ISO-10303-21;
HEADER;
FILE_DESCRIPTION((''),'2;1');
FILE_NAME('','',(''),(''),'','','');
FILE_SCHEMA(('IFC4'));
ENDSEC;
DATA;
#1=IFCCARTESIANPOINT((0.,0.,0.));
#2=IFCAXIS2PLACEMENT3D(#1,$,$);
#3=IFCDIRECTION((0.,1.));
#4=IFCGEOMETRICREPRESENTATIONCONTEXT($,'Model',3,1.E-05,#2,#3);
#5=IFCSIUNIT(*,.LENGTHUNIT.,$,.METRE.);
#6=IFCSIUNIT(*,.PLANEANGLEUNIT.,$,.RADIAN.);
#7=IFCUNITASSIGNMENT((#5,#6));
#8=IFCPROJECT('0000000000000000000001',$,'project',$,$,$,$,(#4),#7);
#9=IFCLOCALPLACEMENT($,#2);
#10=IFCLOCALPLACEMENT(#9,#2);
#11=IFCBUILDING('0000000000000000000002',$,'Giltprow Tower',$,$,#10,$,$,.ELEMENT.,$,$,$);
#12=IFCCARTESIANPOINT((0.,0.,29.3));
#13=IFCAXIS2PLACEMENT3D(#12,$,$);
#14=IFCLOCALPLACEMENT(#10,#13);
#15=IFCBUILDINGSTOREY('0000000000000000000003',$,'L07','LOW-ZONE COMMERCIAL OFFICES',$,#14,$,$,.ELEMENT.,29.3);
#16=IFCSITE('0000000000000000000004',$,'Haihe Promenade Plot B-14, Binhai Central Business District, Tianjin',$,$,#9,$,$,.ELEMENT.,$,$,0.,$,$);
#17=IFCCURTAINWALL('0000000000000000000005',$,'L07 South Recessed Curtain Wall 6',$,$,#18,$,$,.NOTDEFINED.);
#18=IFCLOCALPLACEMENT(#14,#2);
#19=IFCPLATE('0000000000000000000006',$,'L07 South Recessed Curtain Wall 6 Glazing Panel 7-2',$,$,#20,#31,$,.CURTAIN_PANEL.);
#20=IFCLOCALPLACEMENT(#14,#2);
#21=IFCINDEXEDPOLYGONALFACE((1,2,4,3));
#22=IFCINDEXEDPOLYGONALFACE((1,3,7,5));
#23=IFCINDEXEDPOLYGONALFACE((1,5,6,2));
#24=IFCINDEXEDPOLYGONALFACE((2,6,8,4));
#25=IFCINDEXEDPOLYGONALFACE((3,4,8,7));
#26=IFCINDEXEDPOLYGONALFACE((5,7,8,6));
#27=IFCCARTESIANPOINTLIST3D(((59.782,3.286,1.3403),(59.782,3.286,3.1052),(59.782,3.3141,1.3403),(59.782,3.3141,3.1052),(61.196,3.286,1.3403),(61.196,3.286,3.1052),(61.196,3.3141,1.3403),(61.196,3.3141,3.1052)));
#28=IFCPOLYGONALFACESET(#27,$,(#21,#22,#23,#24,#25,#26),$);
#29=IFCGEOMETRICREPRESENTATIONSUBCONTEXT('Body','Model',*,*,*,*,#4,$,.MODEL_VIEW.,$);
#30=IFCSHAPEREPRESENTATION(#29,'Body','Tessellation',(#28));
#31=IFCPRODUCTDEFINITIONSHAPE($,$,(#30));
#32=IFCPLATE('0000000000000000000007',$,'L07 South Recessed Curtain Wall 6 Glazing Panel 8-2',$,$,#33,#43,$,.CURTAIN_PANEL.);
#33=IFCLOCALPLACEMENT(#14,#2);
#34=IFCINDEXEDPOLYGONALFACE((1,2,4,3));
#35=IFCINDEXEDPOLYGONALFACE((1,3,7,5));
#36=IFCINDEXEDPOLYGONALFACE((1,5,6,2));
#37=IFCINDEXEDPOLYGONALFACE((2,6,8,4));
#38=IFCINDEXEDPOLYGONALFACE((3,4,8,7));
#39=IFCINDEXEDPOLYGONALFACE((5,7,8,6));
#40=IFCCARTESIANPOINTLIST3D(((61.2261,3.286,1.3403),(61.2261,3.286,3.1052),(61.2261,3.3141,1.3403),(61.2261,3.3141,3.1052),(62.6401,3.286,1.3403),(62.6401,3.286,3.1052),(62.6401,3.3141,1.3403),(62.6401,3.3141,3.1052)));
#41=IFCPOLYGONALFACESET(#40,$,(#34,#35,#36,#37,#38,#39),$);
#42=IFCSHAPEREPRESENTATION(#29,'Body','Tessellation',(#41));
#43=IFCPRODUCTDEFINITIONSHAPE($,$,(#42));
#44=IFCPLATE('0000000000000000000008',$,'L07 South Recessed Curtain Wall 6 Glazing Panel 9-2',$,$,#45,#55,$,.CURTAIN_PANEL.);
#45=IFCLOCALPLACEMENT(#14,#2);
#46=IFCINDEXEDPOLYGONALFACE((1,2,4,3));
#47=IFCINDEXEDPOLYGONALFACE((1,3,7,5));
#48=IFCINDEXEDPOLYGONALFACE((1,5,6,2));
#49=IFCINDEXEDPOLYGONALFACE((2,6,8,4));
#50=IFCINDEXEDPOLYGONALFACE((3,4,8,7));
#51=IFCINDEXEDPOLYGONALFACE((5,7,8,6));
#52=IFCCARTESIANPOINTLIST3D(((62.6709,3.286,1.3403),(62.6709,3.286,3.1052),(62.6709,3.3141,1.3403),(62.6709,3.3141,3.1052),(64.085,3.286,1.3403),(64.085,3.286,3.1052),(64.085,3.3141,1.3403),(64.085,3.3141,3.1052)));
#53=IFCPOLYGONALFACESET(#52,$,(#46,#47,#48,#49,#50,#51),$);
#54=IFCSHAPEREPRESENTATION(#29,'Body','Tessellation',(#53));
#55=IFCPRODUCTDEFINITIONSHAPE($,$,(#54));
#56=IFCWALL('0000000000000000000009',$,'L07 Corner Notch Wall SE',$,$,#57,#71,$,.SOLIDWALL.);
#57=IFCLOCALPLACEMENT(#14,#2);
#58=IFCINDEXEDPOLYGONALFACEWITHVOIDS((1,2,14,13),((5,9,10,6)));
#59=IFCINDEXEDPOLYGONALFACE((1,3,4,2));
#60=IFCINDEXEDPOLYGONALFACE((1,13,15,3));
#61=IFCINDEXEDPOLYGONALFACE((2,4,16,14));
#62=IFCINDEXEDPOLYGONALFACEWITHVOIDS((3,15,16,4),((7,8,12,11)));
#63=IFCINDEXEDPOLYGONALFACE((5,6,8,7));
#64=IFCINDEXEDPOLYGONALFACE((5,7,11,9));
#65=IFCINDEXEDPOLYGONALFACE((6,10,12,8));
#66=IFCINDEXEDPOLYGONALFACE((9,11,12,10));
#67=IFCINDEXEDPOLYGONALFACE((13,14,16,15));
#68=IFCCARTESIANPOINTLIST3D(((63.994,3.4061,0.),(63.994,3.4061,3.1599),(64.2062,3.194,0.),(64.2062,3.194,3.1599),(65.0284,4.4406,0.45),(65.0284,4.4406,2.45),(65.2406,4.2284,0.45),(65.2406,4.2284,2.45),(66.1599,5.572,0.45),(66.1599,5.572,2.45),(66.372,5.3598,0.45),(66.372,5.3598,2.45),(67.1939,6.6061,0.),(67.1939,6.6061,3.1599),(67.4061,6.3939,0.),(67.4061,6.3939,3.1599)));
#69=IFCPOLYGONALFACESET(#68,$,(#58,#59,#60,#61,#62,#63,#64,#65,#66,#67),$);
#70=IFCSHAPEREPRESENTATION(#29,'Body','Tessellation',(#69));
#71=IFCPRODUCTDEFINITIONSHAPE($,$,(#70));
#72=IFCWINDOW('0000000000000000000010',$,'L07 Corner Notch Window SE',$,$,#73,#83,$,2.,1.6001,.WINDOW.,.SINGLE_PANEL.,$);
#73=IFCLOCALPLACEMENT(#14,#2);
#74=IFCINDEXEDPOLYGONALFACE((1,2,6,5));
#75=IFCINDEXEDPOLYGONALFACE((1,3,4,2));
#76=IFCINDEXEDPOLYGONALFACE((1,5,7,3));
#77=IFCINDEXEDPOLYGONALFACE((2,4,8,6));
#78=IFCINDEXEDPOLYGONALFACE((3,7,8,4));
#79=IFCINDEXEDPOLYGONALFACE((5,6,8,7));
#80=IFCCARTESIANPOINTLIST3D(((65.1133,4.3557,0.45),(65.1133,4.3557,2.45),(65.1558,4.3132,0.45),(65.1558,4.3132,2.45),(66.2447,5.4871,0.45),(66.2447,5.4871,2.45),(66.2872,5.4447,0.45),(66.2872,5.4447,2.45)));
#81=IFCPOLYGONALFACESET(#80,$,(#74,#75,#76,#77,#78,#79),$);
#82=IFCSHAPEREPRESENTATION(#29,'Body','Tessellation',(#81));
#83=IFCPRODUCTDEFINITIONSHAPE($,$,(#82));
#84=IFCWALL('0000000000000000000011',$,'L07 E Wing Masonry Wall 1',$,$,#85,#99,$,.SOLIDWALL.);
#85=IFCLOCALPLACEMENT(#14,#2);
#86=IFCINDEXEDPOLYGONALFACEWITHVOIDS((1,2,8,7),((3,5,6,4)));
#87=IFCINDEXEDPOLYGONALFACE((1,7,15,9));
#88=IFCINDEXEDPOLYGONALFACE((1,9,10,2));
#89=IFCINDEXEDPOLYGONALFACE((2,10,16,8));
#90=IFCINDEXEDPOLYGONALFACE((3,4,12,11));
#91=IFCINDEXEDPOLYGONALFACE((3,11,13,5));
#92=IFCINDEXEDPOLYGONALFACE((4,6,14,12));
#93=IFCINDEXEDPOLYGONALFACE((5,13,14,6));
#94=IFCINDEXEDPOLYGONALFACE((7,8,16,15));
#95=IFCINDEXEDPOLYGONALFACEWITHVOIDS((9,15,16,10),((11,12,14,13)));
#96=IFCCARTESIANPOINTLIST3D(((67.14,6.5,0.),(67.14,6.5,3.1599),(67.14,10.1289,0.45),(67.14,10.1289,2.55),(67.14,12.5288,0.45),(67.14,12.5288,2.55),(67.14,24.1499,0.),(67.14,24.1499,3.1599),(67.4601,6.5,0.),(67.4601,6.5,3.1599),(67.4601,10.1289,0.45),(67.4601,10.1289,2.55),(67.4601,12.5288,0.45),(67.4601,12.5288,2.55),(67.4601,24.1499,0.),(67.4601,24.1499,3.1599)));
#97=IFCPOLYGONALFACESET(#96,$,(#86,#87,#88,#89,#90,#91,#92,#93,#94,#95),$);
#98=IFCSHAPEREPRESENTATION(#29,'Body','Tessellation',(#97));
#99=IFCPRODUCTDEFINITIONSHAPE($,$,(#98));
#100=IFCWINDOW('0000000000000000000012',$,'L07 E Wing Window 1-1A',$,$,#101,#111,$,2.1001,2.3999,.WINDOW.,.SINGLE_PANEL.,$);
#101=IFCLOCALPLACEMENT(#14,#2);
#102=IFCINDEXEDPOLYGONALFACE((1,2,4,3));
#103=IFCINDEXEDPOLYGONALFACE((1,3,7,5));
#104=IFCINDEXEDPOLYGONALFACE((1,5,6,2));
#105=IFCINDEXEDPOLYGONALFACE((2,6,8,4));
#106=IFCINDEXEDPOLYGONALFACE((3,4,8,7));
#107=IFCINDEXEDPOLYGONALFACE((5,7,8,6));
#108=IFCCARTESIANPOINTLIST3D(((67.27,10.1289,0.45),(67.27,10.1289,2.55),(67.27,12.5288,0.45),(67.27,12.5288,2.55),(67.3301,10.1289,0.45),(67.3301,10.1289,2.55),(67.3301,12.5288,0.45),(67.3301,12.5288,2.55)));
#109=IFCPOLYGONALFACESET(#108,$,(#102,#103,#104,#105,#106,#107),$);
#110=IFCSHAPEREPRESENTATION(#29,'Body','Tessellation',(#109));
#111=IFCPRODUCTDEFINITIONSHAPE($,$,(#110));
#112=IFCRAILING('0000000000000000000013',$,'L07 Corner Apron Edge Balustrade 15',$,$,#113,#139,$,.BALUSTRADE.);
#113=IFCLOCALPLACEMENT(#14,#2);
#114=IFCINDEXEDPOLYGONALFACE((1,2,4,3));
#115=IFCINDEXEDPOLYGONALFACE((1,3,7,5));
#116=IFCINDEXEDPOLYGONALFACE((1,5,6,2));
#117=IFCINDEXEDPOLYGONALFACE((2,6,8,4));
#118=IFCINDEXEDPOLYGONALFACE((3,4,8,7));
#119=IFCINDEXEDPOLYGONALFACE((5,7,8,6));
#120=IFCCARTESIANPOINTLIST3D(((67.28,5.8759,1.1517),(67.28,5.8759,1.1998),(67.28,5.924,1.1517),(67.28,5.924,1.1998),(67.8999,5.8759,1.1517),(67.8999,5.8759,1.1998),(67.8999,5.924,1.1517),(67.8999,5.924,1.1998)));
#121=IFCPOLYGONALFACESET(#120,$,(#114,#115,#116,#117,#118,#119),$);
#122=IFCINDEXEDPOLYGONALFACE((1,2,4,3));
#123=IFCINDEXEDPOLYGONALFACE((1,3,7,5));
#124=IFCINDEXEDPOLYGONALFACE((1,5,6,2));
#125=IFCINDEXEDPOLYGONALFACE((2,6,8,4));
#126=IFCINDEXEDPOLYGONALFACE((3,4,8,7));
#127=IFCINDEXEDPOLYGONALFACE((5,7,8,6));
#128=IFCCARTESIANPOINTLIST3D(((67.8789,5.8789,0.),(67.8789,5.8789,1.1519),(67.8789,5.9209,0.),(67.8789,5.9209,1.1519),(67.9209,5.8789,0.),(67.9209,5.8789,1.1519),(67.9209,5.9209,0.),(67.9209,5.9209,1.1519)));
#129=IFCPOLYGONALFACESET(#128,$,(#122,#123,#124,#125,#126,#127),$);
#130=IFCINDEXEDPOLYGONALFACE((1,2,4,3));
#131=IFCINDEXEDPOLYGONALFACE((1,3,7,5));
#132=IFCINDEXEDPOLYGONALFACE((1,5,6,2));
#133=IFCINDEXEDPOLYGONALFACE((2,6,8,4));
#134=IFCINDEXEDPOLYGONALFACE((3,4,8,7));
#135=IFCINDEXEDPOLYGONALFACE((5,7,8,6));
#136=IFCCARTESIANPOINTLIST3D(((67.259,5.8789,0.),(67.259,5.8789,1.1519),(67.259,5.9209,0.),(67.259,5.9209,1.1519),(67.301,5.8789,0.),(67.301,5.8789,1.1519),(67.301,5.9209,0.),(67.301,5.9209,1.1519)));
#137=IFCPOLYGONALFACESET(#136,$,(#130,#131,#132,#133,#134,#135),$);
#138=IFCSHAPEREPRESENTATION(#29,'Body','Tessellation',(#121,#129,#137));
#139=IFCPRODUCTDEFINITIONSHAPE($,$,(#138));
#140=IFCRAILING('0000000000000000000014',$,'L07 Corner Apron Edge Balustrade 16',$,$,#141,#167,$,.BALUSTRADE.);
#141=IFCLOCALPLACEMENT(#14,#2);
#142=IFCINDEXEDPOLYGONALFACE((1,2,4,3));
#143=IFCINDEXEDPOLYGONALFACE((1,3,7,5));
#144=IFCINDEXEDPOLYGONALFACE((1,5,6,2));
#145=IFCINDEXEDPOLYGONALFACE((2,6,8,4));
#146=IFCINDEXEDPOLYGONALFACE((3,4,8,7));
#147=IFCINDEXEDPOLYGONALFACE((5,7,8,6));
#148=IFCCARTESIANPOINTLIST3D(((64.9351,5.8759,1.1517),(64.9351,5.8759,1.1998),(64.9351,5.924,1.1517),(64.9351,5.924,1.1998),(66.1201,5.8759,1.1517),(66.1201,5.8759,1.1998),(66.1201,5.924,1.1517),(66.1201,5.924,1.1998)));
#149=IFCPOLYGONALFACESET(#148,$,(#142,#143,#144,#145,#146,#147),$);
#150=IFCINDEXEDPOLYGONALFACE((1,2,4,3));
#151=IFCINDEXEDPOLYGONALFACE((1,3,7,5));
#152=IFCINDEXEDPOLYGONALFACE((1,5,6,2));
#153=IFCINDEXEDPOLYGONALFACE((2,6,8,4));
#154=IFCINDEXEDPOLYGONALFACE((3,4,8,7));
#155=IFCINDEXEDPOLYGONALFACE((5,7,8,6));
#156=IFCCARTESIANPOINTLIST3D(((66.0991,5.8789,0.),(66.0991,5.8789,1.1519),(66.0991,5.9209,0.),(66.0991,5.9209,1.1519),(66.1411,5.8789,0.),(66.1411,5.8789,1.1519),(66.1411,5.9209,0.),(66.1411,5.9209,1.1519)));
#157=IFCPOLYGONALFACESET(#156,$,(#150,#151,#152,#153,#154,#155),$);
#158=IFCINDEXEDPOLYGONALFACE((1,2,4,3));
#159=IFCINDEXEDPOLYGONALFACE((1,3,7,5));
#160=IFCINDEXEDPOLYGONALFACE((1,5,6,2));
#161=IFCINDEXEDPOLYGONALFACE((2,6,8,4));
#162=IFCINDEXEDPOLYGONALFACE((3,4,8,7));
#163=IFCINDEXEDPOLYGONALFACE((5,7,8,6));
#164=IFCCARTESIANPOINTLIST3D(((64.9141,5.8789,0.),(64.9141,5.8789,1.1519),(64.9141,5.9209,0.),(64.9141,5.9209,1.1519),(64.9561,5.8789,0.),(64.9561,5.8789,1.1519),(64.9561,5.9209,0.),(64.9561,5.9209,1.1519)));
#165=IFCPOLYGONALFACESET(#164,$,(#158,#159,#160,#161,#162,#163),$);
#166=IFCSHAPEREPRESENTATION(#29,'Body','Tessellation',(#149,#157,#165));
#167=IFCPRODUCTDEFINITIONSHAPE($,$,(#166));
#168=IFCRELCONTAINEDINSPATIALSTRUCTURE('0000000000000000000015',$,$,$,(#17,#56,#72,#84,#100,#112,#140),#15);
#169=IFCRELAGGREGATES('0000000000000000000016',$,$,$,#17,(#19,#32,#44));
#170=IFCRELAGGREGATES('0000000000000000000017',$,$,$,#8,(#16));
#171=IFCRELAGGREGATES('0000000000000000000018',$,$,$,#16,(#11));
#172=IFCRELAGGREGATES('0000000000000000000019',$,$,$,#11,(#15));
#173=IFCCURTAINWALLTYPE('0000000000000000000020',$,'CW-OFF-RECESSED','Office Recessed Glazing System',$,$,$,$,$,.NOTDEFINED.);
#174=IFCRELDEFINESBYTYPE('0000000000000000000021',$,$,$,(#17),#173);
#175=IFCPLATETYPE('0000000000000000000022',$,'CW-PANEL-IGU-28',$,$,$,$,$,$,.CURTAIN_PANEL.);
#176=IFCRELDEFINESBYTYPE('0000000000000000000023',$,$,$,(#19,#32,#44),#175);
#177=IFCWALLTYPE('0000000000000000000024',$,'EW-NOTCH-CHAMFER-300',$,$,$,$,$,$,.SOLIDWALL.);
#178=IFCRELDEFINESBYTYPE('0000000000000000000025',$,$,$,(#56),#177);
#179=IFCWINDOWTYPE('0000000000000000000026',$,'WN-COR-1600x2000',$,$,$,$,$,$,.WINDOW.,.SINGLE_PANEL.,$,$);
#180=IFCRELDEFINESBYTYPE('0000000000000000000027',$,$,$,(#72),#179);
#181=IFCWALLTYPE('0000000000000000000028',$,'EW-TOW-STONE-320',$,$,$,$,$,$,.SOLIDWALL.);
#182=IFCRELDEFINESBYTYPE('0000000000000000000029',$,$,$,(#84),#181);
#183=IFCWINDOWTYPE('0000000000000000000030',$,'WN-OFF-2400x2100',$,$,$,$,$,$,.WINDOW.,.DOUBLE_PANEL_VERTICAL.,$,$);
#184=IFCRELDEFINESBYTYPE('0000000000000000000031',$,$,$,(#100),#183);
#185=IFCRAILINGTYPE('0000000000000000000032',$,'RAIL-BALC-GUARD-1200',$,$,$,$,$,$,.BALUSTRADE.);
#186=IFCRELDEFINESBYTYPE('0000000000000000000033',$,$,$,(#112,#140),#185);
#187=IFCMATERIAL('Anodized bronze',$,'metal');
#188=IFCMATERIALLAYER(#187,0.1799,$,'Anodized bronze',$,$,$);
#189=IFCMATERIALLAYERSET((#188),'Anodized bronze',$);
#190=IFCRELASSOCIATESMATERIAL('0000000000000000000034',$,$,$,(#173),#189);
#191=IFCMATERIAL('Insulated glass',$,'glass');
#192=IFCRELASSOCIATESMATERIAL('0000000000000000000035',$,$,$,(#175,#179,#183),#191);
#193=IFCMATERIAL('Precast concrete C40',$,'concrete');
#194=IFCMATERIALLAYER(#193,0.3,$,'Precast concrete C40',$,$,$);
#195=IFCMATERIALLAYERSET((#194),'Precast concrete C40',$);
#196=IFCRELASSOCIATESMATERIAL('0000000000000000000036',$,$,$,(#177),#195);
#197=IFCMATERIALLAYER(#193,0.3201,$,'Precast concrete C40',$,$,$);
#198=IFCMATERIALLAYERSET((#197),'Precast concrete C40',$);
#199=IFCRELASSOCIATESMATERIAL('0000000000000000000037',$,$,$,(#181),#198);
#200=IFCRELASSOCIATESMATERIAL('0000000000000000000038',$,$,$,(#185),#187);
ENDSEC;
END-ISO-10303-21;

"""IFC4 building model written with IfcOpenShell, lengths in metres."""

from ifc_helpers import new_model, si_unit, direction, frame, frame_2d, origin, origin_2d, place, context, subcontext, project, spatial, rectangle, extrude, source, transform, mapped, material, layer, layer_set, type_object, element, fill, aggregate, save


model = new_model("IFC4")

# Units and contexts
model_context = context("Model", 3, precision=1e-05, world=origin(), true_north=direction((0.0, 1.0)))
body_context = subcontext(model_context, "Body", "Model", "MODEL_VIEW")
ifc_project = project(units=[si_unit("LENGTHUNIT", "METRE"), si_unit("PLANEANGLEUNIT", "RADIAN")], contexts=[model_context])

# Site, building, storey
site_placement = place(None, origin())
site = spatial("IfcSite", under=ifc_project, at=site_placement, Name="Haihe Promenade Plot B-14, Binhai Central Business District, Tianjin", CompositionType="ELEMENT", RefElevation=0.0)
building_placement = place(site_placement, origin())
building = spatial("IfcBuilding", under=site, at=building_placement, Name="Giltprow Tower", CompositionType="ELEMENT")
storey_placement = place(building_placement, frame((0.0, 0.0, 29.3)))
storey = spatial("IfcBuildingStorey", under=building, at=storey_placement, Name="L07", Description="LOW-ZONE COMMERCIAL OFFICES", CompositionType="ELEMENT", Elevation=29.3)

# Curtain wall, plates
ifc_material_1 = material(Name="Anodized bronze", Category="metal")
ifc_layer_1 = layer(ifc_material_1, 0.1799, Name="Anodized bronze")
ifc_layer_set_1 = layer_set([ifc_layer_1], Name="Anodized bronze")
curtain_wall_type = type_object("IfcCurtainWallType", Name="CW-OFF-RECESSED", Description="Office Recessed Glazing System", PredefinedType="NOTDEFINED", material=ifc_layer_set_1)
curtain_wall_placement = place(storey_placement, origin())
curtain_wall = element("IfcCurtainWall", 1, at=curtain_wall_placement, inside=storey, type_object=curtain_wall_type, Name="L07 South Recessed Curtain Wall 6", PredefinedType="NOTDEFINED")
ifc_material_2 = material(Name="Insulated glass", Category="glass")
plate_type = type_object("IfcPlateType", Name="CW-PANEL-IGU-28", PredefinedType="CURTAIN_PANEL", material=ifc_material_2)
shared_shape_1 = source(origin(), body_context, "Body", "SweptSolid", [
    extrude(rectangle(XDim=1.4141, YDim=0.0281, at=origin_2d()), origin(), (0.0, 0.0, 1.0), 1.7649),
])
plate_1_placement = place(storey_placement, frame((60.489, 3.3, 1.3403), z_axis=(0.0, 0.0, 1.0), x_axis=(1.0, 0.0, 0.0)))
plate_1 = element("IfcPlate", 2, at=plate_1_placement, type_object=plate_type, Name="L07 South Recessed Curtain Wall 6 Glazing Panel 7-2", PredefinedType="CURTAIN_PANEL", context=body_context, shape_type="MappedRepresentation", body=[
    mapped(shared_shape_1, transform((0.0, 0.0, 0.0), x_axis=(1.0, 0.0, 0.0), y_axis=(0.0, 1.0, 0.0), z_axis=(0.0, 0.0, 1.0), scale=1.0)),
])
plate_2_placement = place(storey_placement, frame((61.9331, 3.3, 1.3403), z_axis=(0.0, 0.0, 1.0), x_axis=(1.0, 0.0, 0.0)))
plate_2 = element("IfcPlate", 3, at=plate_2_placement, type_object=plate_type, Name="L07 South Recessed Curtain Wall 6 Glazing Panel 8-2", PredefinedType="CURTAIN_PANEL", context=body_context, shape_type="MappedRepresentation", body=[
    mapped(shared_shape_1, transform((0.0, 0.0, 0.0), x_axis=(1.0, 0.0, 0.0), y_axis=(0.0, 1.0, 0.0), z_axis=(0.0, 0.0, 1.0), scale=1.0)),
])
plate_3_placement = place(storey_placement, frame((63.3779, 3.3, 1.3403), z_axis=(0.0, 0.0, 1.0), x_axis=(1.0, 0.0, 0.0)))
plate_3 = element("IfcPlate", 4, at=plate_3_placement, type_object=plate_type, Name="L07 South Recessed Curtain Wall 6 Glazing Panel 9-2", PredefinedType="CURTAIN_PANEL", context=body_context, shape_type="MappedRepresentation", body=[
    mapped(shared_shape_1, transform((0.0, 0.0, 0.0), x_axis=(1.0, 0.0, 0.0), y_axis=(0.0, 1.0, 0.0), z_axis=(0.0, 0.0, 1.0), scale=1.0)),
])
aggregate(curtain_wall, [plate_1, plate_2, plate_3])

# Walls, openings, windows
ifc_material_3 = material(Name="Precast concrete C40", Category="concrete")
ifc_layer_2 = layer(ifc_material_3, 0.3, Name="Precast concrete C40")
ifc_layer_set_2 = layer_set([ifc_layer_2], Name="Precast concrete C40")
wall_type_1 = type_object("IfcWallType", Name="EW-NOTCH-CHAMFER-300", PredefinedType="SOLIDWALL", material=ifc_layer_set_2)
wall_1_placement = place(storey_placement, frame((64.1001, 3.3, 0.0), z_axis=(0.0, 0.0, 1.0), x_axis=(0.707107, 0.707107, 0.0)))
wall_1 = element("IfcWall", 5, at=wall_1_placement, inside=storey, type_object=wall_type_1, Name="L07 Corner Notch Wall SE", PredefinedType="SOLIDWALL", context=body_context, shape_type="SweptSolid", body=[
    extrude(rectangle(XDim=4.5254, YDim=0.3, at=frame_2d((2.2627, 0.0))), origin(), (0.0, 0.0, 1.0), 3.1599),
])
opening_1_placement = place(wall_1_placement, frame((1.4629, 0.0, 0.45)))
opening_1 = element("IfcOpeningElement", 6, at=opening_1_placement, cuts=wall_1, PredefinedType="OPENING", context=body_context, shape_type="SweptSolid", body=[
    extrude(rectangle(XDim=1.6001, YDim=2.0, at=frame_2d((0.8, 1.0))), frame((0.0, 0.1599, 0.0), z_axis=(0.0, -1.0, 0.0), x_axis=(1.0, 0.0, 0.0)), (0.0, 0.0, 1.0), 0.3201),
])
window_type_1 = type_object("IfcWindowType", Name="WN-COR-1600x2000", PartitioningType="SINGLE_PANEL", PredefinedType="WINDOW", material=ifc_material_2)
shared_shape_2 = source(origin(), body_context, "Body", "SweptSolid", [
    extrude(rectangle(XDim=1.6001, YDim=2.0, at=frame_2d((0.8, 1.0))), frame((0.0, 0.03, 0.0), z_axis=(0.0, -1.0, 0.0), x_axis=(1.0, 0.0, 0.0)), (0.0, 0.0, 1.0), 0.0601),
])
window_1_placement = place(opening_1_placement, origin())
window_1 = element("IfcWindow", 7, at=window_1_placement, inside=storey, type_object=window_type_1, Name="L07 Corner Notch Window SE", OverallHeight=2.0, OverallWidth=1.6001, PartitioningType="SINGLE_PANEL", PredefinedType="WINDOW", context=body_context, shape_type="MappedRepresentation", body=[
    mapped(shared_shape_2, transform((0.0, 0.0, 0.0), x_axis=(1.0, 0.0, 0.0), y_axis=(0.0, 1.0, 0.0), z_axis=(0.0, 0.0, 1.0), scale=1.0)),
])
fill(opening_1, window_1)
ifc_layer_3 = layer(ifc_material_3, 0.3201, Name="Precast concrete C40")
ifc_layer_set_3 = layer_set([ifc_layer_3], Name="Precast concrete C40")
wall_type_2 = type_object("IfcWallType", Name="EW-TOW-STONE-320", PredefinedType="SOLIDWALL", material=ifc_layer_set_3)
wall_2_placement = place(storey_placement, frame((67.3, 6.5, 0.0), z_axis=(0.0, 0.0, 1.0), x_axis=(0.0, 1.0, 0.0)))
wall_2 = element("IfcWall", 8, at=wall_2_placement, inside=storey, type_object=wall_type_2, Name="L07 E Wing Masonry Wall 1", PredefinedType="SOLIDWALL", context=body_context, shape_type="SweptSolid", body=[
    extrude(rectangle(XDim=17.6499, YDim=0.3201, at=frame_2d((8.825, 0.0))), origin(), (0.0, 0.0, 1.0), 3.1599),
])
opening_2_placement = place(wall_2_placement, frame((3.6289, 0.0, 0.45)))
opening_2 = element("IfcOpeningElement", 9, at=opening_2_placement, cuts=wall_2, PredefinedType="OPENING", context=body_context, shape_type="SweptSolid", body=[
    extrude(rectangle(XDim=2.3999, YDim=2.1001, at=frame_2d((1.2, 1.05))), frame((0.0, 0.1699, 0.0), z_axis=(0.0, -1.0, 0.0), x_axis=(1.0, 0.0, 0.0)), (0.0, 0.0, 1.0), 0.3401),
])
window_type_2 = type_object("IfcWindowType", Name="WN-OFF-2400x2100", PartitioningType="DOUBLE_PANEL_VERTICAL", PredefinedType="WINDOW", material=ifc_material_2)
shared_shape_3 = source(origin(), body_context, "Body", "SweptSolid", [
    extrude(rectangle(XDim=2.3999, YDim=2.1001, at=frame_2d((1.2, 1.05))), frame((0.0, 0.03, 0.0), z_axis=(0.0, -1.0, 0.0), x_axis=(1.0, 0.0, 0.0)), (0.0, 0.0, 1.0), 0.0601),
])
window_2_placement = place(opening_2_placement, origin())
window_2 = element("IfcWindow", 10, at=window_2_placement, inside=storey, type_object=window_type_2, Name="L07 E Wing Window 1-1A", OverallHeight=2.1001, OverallWidth=2.3999, PartitioningType="SINGLE_PANEL", PredefinedType="WINDOW", context=body_context, shape_type="MappedRepresentation", body=[
    mapped(shared_shape_3, transform((0.0, 0.0, 0.0), x_axis=(1.0, 0.0, 0.0), y_axis=(0.0, 1.0, 0.0), z_axis=(0.0, 0.0, 1.0), scale=1.0)),
])
fill(opening_2, window_2)

# Railings
railing_type = type_object("IfcRailingType", Name="RAIL-BALC-GUARD-1200", PredefinedType="BALUSTRADE", material=ifc_material_1)
railing_1_placement = place(storey_placement, frame((67.8999, 5.8999, 0.0)))
element("IfcRailing", 11, at=railing_1_placement, inside=storey, type_object=railing_type, Name="L07 Corner Apron Edge Balustrade 15", PredefinedType="BALUSTRADE", context=body_context, shape_type="SweptSolid", body=[
    extrude(rectangle(XDim=0.0481, YDim=0.0481, at=origin_2d()), frame((0.0, 0.0, 1.1758), z_axis=(-1.0, 0.0, 0.0), x_axis=(0.0, -1.0, 0.0)), (0.0, 0.0, 1.0), 0.6199),
    extrude(rectangle(XDim=0.042, YDim=0.042, at=origin_2d()), origin(), (0.0, 0.0, 1.0), 1.1519),
    extrude(rectangle(XDim=0.042, YDim=0.042, at=origin_2d()), frame((-0.6199, 0.0, 0.0)), (0.0, 0.0, 1.0), 1.1519),
])
railing_2_placement = place(storey_placement, frame((66.1201, 5.8999, 0.0)))
element("IfcRailing", 12, at=railing_2_placement, inside=storey, type_object=railing_type, Name="L07 Corner Apron Edge Balustrade 16", PredefinedType="BALUSTRADE", context=body_context, shape_type="SweptSolid", body=[
    extrude(rectangle(XDim=0.0481, YDim=0.0481, at=origin_2d()), frame((0.0, 0.0, 1.1758), z_axis=(-1.0, 0.0, 0.0), x_axis=(0.0, -1.0, 0.0)), (0.0, 0.0, 1.0), 1.1851),
    extrude(rectangle(XDim=0.042, YDim=0.042, at=origin_2d()), origin(), (0.0, 0.0, 1.0), 1.1519),
    extrude(rectangle(XDim=0.042, YDim=0.042, at=origin_2d()), frame((-1.1851, 0.0, 0.0)), (0.0, 0.0, 1.0), 1.1519),
])

save(model, "model.ifc")
